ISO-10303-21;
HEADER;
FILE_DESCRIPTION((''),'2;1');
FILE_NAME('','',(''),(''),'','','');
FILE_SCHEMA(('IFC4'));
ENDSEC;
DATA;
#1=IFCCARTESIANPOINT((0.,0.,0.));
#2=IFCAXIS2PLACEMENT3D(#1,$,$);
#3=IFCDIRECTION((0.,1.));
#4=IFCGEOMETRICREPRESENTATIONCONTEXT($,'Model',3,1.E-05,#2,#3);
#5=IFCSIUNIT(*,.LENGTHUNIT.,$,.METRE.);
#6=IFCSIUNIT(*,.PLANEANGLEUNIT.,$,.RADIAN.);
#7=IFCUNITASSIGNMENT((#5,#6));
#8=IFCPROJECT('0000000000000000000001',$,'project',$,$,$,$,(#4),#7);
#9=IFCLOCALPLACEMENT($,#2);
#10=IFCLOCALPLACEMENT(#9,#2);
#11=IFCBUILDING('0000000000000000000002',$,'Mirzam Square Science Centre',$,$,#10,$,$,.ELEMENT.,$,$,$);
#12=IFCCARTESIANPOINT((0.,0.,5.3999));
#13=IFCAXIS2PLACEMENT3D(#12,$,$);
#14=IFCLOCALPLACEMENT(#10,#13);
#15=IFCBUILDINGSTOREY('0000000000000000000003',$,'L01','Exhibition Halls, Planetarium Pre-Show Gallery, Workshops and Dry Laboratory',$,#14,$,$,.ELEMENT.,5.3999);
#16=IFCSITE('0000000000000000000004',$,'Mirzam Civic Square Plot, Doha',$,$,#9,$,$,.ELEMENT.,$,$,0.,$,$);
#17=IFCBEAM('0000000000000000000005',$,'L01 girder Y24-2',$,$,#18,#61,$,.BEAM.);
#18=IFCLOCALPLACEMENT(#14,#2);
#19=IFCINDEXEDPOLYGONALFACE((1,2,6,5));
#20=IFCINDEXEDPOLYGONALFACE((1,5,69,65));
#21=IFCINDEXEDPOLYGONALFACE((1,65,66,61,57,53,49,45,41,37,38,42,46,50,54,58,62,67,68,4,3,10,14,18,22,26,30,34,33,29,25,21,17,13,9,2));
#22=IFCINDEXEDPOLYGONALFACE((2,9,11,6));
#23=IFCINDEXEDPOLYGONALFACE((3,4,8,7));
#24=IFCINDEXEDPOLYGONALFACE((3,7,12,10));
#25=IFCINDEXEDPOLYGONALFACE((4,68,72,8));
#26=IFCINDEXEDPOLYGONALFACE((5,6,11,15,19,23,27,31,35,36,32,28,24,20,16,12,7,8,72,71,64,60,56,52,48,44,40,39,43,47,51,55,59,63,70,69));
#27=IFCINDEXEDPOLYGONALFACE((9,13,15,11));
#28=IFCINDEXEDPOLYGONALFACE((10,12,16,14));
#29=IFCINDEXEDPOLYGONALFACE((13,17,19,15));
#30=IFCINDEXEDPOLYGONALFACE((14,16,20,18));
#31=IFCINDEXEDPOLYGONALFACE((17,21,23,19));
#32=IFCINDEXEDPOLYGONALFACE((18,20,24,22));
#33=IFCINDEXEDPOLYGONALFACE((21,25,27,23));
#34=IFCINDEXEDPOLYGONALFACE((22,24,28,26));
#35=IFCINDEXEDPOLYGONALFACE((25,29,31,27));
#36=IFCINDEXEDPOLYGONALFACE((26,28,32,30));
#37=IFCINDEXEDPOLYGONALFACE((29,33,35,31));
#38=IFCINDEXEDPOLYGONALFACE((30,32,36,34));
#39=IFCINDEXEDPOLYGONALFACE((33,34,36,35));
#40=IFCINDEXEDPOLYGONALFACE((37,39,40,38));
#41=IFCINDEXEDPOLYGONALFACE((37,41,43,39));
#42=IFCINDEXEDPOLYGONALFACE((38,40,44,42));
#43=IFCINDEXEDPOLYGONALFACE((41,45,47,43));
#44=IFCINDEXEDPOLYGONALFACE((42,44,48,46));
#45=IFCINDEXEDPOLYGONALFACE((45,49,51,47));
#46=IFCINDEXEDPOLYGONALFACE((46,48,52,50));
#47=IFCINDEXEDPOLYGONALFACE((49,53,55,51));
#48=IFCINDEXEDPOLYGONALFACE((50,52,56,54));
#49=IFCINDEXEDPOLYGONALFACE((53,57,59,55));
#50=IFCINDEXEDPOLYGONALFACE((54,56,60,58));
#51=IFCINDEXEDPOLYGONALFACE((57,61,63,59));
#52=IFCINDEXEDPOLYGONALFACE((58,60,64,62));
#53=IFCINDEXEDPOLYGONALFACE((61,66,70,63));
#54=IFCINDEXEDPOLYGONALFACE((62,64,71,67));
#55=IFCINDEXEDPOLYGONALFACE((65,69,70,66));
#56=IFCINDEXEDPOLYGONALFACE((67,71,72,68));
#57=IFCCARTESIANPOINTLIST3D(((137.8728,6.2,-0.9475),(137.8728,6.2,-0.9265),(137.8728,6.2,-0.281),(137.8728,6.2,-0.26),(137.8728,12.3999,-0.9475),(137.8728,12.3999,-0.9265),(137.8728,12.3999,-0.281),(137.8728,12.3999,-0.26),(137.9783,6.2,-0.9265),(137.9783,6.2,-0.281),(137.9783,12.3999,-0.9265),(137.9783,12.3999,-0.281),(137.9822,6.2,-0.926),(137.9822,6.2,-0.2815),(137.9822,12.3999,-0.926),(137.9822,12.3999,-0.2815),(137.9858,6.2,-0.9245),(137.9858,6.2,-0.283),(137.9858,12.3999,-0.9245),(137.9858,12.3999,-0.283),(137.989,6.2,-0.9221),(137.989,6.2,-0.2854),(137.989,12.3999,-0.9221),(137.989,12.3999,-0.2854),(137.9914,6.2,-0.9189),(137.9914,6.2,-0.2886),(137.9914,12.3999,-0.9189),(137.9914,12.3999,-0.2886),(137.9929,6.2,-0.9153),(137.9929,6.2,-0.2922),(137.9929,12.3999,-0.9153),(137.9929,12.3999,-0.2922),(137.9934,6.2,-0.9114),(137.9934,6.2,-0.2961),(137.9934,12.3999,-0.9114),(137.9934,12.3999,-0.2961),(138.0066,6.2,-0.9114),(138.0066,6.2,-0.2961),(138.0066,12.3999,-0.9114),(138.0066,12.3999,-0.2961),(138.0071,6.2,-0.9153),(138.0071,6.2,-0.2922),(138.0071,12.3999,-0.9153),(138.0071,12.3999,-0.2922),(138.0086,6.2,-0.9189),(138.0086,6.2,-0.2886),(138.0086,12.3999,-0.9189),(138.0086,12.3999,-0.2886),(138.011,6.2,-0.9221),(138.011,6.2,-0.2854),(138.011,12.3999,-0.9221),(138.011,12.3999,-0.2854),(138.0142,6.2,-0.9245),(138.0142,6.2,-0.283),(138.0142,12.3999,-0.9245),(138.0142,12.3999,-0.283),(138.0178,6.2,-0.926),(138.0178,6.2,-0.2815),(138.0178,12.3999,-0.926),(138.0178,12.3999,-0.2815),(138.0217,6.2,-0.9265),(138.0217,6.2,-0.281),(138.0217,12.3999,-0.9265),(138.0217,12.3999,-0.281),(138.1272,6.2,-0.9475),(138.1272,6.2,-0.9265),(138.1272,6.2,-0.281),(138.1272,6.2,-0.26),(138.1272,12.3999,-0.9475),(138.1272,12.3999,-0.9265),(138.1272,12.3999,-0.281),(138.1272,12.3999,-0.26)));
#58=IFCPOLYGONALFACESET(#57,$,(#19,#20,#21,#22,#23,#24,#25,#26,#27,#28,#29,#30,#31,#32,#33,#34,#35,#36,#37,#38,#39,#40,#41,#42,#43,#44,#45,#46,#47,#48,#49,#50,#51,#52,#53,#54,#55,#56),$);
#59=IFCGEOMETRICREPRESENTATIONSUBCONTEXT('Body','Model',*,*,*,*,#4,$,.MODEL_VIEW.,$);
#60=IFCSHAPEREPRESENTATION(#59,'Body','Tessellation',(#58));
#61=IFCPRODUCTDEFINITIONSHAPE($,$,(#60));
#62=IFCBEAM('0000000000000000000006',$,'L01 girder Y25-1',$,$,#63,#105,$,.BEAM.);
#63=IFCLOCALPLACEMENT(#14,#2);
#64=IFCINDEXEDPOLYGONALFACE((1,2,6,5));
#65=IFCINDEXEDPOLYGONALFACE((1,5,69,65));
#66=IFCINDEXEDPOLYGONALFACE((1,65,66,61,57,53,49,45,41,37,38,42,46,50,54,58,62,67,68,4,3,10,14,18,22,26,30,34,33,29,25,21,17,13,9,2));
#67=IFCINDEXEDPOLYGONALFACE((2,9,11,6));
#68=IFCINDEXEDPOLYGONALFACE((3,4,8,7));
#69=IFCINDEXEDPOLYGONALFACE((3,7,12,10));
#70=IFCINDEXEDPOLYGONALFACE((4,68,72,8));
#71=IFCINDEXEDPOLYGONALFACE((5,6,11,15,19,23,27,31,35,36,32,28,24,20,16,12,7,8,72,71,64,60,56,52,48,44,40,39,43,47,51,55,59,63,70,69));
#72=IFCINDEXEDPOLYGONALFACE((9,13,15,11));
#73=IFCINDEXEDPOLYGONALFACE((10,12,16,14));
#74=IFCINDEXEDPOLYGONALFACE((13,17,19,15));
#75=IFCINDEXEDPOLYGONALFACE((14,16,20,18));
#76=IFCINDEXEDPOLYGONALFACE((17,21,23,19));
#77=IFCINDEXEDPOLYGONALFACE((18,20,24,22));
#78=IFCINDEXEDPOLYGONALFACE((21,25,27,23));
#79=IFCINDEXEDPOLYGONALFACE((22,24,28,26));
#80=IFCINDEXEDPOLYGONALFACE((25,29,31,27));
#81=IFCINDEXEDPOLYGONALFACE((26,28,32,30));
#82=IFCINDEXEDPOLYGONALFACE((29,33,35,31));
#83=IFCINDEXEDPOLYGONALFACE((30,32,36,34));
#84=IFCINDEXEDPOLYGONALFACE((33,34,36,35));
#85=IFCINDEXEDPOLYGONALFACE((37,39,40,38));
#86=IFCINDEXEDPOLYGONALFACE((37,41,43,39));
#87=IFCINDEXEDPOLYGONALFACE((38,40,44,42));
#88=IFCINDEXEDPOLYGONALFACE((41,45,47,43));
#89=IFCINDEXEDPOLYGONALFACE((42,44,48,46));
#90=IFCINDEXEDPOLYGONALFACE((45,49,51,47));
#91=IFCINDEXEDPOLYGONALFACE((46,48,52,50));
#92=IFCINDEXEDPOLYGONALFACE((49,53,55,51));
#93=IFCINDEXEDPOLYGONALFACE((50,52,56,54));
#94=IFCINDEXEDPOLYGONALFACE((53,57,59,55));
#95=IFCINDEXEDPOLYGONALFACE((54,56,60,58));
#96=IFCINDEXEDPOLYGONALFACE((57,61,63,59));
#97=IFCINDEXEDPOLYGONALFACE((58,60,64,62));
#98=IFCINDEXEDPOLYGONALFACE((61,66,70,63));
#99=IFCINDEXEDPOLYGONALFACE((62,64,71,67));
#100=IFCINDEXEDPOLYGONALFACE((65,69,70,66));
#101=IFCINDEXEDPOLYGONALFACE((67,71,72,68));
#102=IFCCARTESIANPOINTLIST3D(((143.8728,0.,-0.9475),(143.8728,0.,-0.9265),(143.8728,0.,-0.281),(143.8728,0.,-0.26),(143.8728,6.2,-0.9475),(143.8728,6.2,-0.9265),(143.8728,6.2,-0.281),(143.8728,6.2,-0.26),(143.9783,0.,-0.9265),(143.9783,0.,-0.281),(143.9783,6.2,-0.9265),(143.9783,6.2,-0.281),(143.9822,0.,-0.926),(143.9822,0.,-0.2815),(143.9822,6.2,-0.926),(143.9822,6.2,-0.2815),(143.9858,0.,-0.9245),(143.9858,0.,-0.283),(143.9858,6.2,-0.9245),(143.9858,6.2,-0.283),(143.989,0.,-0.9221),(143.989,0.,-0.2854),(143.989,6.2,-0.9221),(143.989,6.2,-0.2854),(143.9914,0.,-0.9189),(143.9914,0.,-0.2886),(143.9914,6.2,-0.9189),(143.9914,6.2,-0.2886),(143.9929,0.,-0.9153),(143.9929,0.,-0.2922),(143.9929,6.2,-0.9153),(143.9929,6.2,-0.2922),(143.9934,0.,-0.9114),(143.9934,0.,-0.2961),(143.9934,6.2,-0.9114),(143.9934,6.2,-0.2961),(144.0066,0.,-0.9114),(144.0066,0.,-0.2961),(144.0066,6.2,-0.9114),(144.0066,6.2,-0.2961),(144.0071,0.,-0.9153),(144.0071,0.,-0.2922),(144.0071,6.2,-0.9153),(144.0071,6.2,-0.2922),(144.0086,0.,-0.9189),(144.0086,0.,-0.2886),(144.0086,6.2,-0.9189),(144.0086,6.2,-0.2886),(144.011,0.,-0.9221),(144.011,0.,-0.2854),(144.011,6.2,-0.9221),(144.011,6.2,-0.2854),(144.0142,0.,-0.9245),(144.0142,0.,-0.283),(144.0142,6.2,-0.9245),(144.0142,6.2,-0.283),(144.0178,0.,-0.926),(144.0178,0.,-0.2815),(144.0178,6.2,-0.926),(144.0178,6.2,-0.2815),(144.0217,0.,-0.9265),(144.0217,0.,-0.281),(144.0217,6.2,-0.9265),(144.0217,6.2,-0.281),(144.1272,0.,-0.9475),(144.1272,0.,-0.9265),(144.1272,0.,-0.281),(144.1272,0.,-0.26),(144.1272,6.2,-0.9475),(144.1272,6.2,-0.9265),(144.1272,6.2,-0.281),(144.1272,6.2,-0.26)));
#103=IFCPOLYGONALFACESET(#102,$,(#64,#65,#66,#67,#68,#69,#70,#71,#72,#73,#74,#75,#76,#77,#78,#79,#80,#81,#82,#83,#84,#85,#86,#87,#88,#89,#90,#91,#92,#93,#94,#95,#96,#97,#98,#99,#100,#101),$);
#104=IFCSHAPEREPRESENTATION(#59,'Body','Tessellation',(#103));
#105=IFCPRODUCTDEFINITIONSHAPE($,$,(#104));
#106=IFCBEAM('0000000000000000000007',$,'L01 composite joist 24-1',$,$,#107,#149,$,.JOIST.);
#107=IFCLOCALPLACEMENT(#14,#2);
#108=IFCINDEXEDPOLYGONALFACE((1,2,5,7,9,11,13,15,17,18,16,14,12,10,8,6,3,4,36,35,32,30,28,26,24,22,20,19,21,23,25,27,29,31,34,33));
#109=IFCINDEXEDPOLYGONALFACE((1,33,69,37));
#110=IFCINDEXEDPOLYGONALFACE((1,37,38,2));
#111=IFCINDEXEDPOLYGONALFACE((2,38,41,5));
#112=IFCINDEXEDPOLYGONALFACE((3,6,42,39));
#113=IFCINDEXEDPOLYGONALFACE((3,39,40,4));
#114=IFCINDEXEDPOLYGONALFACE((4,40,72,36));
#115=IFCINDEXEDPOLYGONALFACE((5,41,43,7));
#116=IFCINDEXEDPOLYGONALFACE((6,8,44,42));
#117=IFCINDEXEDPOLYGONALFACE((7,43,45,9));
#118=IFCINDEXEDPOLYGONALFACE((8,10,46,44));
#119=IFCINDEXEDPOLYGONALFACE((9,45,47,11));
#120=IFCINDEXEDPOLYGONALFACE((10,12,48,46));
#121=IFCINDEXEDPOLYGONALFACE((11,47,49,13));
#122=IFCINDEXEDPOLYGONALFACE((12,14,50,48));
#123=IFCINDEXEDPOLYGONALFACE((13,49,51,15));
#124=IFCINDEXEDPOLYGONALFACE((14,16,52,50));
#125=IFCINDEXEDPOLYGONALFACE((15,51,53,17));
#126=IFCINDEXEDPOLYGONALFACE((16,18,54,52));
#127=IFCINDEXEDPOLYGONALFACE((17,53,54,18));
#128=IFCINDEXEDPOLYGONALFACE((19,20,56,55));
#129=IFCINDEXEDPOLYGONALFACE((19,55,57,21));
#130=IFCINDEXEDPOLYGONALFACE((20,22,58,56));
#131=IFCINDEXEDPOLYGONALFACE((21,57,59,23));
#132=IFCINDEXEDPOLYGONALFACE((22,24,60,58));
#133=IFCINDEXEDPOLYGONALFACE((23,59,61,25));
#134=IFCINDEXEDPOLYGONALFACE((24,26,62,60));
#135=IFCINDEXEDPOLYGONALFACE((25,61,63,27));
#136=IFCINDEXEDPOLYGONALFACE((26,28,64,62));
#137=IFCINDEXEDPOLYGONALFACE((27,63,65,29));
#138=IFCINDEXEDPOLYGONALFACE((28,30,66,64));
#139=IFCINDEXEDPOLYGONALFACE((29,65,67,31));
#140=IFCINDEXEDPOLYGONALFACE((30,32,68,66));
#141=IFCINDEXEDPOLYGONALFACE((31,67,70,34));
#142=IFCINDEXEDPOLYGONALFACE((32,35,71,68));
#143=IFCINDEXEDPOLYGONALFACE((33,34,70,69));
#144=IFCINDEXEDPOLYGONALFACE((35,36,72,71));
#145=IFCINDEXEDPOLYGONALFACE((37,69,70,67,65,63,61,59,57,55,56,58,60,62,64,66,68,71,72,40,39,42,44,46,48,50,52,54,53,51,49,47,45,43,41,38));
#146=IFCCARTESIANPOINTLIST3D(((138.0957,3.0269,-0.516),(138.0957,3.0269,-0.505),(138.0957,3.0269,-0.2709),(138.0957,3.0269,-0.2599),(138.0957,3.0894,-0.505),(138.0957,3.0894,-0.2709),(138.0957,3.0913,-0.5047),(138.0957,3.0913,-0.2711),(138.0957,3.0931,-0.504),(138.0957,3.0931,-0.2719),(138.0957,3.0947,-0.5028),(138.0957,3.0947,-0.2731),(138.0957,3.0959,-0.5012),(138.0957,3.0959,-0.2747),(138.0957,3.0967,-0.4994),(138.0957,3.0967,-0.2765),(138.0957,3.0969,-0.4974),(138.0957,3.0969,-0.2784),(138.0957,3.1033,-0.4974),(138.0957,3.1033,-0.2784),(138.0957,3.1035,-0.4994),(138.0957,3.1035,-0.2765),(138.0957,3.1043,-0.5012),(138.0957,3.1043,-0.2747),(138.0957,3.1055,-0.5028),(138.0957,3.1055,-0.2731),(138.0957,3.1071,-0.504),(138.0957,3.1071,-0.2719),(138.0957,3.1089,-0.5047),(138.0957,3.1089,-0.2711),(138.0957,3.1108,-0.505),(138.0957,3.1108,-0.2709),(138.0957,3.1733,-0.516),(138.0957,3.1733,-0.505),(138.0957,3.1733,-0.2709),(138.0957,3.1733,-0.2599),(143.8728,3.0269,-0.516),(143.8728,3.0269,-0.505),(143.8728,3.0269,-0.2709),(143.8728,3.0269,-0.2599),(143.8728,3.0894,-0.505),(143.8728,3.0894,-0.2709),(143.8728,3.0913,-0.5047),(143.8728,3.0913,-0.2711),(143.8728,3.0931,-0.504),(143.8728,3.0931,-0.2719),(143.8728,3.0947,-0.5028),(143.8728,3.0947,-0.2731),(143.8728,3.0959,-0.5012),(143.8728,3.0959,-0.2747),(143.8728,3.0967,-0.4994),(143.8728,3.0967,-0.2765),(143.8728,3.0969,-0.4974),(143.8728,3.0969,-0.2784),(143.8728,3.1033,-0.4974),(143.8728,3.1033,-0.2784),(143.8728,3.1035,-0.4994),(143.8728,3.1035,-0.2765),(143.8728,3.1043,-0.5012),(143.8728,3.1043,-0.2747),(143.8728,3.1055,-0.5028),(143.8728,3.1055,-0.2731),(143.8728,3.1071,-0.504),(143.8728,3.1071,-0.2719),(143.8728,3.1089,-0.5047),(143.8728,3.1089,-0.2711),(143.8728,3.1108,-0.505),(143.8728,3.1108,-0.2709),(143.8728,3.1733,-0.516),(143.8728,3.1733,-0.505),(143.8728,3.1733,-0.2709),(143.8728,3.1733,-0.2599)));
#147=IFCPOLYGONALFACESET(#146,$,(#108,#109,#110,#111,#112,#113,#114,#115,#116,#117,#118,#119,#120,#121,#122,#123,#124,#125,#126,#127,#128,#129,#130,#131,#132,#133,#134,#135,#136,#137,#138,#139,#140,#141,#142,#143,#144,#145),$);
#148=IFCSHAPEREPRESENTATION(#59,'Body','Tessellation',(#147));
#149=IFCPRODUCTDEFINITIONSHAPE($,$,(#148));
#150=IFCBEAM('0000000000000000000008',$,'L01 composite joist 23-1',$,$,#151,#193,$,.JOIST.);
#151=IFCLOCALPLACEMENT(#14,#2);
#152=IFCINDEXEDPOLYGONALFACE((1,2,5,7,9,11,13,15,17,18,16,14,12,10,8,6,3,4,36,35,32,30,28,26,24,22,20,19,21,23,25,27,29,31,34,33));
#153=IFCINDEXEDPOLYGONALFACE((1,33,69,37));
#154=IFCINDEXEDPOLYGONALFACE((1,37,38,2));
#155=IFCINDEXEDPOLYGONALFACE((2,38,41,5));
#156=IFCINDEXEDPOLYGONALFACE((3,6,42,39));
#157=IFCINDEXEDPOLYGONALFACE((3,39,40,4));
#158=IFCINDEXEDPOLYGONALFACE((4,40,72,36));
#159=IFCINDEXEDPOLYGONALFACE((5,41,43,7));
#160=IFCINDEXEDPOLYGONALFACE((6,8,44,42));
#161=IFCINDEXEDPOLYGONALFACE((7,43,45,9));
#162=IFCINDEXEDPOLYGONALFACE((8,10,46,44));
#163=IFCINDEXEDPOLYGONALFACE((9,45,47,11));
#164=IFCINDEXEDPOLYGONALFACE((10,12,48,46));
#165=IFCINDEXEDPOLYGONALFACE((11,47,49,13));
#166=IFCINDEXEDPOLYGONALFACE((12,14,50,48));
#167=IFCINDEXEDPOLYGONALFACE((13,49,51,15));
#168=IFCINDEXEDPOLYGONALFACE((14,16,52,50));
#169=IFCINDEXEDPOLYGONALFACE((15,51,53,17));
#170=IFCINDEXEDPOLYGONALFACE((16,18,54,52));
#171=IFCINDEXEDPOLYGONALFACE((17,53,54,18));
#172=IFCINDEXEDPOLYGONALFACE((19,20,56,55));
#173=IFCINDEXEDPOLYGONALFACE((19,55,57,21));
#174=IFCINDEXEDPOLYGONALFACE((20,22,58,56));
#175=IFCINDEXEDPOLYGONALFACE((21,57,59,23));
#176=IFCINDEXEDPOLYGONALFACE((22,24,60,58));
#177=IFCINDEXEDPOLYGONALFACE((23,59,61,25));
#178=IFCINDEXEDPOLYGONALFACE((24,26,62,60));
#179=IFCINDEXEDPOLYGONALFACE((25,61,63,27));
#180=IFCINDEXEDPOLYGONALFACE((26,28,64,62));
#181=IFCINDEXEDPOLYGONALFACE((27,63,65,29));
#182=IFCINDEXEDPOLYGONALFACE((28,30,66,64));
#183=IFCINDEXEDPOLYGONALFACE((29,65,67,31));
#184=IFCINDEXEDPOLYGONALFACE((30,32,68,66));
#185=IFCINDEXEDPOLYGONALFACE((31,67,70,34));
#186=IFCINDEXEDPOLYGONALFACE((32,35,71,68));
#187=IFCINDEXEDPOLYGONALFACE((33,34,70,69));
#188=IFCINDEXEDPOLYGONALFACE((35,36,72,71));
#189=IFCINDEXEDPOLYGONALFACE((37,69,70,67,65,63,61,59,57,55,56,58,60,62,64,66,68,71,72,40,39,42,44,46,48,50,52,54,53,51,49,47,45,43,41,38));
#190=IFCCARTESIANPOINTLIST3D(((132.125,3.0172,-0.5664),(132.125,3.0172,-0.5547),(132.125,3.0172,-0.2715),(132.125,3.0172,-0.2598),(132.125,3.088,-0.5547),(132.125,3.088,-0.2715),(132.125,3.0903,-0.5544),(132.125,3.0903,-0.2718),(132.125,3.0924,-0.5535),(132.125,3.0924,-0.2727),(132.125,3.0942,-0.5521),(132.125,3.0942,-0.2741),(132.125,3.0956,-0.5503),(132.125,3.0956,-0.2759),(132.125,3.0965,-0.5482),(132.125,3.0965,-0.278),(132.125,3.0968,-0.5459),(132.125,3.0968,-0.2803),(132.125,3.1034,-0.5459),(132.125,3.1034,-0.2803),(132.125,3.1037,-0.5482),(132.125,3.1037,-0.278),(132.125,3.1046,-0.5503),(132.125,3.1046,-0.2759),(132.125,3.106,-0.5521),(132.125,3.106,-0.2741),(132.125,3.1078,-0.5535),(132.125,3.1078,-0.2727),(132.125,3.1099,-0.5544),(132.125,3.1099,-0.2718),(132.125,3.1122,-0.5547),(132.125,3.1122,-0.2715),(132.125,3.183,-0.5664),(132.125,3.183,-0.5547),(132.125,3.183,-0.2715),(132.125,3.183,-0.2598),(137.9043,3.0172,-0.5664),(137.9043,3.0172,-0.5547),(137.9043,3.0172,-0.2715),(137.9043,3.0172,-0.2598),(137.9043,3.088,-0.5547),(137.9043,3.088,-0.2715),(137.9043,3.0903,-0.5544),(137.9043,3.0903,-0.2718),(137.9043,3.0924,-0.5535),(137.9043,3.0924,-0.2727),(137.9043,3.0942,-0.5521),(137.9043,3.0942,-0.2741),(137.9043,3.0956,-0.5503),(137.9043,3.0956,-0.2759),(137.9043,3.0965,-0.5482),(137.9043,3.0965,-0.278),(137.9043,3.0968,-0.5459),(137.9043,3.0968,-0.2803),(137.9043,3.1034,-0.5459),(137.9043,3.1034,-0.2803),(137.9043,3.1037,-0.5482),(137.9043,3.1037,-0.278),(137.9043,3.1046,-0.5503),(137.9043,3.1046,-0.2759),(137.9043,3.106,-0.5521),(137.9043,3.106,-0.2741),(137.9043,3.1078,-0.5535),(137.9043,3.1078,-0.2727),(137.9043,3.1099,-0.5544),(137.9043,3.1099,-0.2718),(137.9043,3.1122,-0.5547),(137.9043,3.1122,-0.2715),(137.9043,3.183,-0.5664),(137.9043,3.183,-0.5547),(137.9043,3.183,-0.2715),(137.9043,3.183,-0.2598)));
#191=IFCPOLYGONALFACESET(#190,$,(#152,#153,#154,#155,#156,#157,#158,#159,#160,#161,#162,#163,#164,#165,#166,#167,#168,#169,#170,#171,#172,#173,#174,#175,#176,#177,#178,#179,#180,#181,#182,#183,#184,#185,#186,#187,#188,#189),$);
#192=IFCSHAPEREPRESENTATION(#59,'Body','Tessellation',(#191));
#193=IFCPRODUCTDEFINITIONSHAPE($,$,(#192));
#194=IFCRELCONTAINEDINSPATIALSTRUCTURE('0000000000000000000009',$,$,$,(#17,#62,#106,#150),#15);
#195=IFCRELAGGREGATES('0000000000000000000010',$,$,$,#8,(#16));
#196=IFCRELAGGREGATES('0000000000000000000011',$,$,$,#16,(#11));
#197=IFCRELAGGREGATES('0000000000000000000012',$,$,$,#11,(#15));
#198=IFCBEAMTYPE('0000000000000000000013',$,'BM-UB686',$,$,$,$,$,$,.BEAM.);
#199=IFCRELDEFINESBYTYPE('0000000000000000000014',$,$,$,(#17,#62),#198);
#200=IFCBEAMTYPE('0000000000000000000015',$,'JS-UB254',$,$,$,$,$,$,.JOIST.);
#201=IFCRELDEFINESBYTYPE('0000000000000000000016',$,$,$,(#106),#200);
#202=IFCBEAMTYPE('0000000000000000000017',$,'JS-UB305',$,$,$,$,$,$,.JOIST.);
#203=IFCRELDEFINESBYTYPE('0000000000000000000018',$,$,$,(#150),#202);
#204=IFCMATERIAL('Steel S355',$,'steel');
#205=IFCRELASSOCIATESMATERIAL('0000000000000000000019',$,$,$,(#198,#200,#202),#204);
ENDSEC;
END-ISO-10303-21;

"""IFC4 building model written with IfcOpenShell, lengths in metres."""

from ifc_helpers import new_model, si_unit, direction, frame, origin, origin_2d, place, context, subcontext, project, spatial, i_section, extrude, material, material_profile, profile_set, type_object, element, save


model = new_model("IFC4")

# Units and contexts
model_context = context("Model", 3, precision=1e-05, world=origin(), true_north=direction((0.0, 1.0)))
body_context = subcontext(model_context, "Body", "Model", "MODEL_VIEW")
ifc_project = project(units=[si_unit("LENGTHUNIT", "METRE"), si_unit("PLANEANGLEUNIT", "RADIAN")], contexts=[model_context])

# Site, building, storey
site_placement = place(None, origin())
site = spatial("IfcSite", under=ifc_project, at=site_placement, Name="Mirzam Civic Square Plot, Doha", CompositionType="ELEMENT", RefElevation=0.0)
building_placement = place(site_placement, origin())
building = spatial("IfcBuilding", under=site, at=building_placement, Name="Mirzam Square Science Centre", CompositionType="ELEMENT")
storey_placement = place(building_placement, frame((0.0, 0.0, 5.3999)))
storey = spatial("IfcBuildingStorey", under=building, at=storey_placement, Name="L01", Description="Exhibition Halls, Planetarium Pre-Show Gallery, Workshops and Dry Laboratory", CompositionType="ELEMENT", Elevation=5.3999)

# Shared definitions
ifc_material_1 = material(Name="Steel S355", Category="steel")

# Beams
ifc_material_profile_1 = material_profile(ifc_material_1, i_section(OverallWidth=0.2544, OverallDepth=0.6875, WebThickness=0.0132, FlangeThickness=0.021, FilletRadius=0.0151, at=origin_2d()), Name="686x254x152UB")
ifc_profile_set_1 = profile_set([ifc_material_profile_1], Name="Steel S355")
beam_type_1 = type_object("IfcBeamType", Name="BM-UB686", PredefinedType="BEAM", material=ifc_profile_set_1)
for number, where, z_axis, x_axis, name in (
    (1, (138.0, 6.2, -0.6038), (0.0, 1.0, 0.0), (-1.0, 0.0, 0.0), "L01 girder Y24-2"),
    (2, (144.0, 0.0, -0.6038), (0.0, 1.0, 0.0), (-1.0, 0.0, 0.0), "L01 girder Y25-1"),
):
    element("IfcBeam", number, at=place(storey_placement, frame(where, z_axis=z_axis, x_axis=x_axis)), inside=storey, type_object=beam_type_1, Name=name, PredefinedType="BEAM", context=body_context, shape_type="SweptSolid", body=[
        extrude(i_section(OverallWidth=0.2544, OverallDepth=0.6875, WebThickness=0.0132, FlangeThickness=0.021, FilletRadius=0.0151, at=origin_2d()), origin(), (0.0, 0.0, 1.0), 6.2),
    ])
ifc_material_profile_2 = material_profile(ifc_material_1, i_section(OverallWidth=0.1465, OverallDepth=0.2561, WebThickness=0.0063, FlangeThickness=0.011, FilletRadius=0.0076, at=origin_2d()), Name="254x146x37UB")
ifc_profile_set_2 = profile_set([ifc_material_profile_2], Name="Steel S355")
beam_type_2 = type_object("IfcBeamType", Name="JS-UB254", PredefinedType="JOIST", material=ifc_profile_set_2)
beam_1_placement = place(storey_placement, frame((138.0957, 3.1001, -0.3879), z_axis=(1.0, 0.0, 0.0), x_axis=(0.0, 1.0, 0.0)))
element("IfcBeam", 3, at=beam_1_placement, inside=storey, type_object=beam_type_2, Name="L01 composite joist 24-1", PredefinedType="JOIST", context=body_context, shape_type="SweptSolid", body=[
    extrude(i_section(OverallWidth=0.1465, OverallDepth=0.2561, WebThickness=0.0063, FlangeThickness=0.011, FilletRadius=0.0076, at=origin_2d()), origin(), (0.0, 0.0, 1.0), 5.7771),
])
ifc_material_profile_3 = material_profile(ifc_material_1, i_section(OverallWidth=0.1658, OverallDepth=0.3066, WebThickness=0.0066, FlangeThickness=0.0117, FilletRadius=0.0088, at=origin_2d()), Name="305x165x46UB")
ifc_profile_set_3 = profile_set([ifc_material_profile_3], Name="Steel S355")
beam_type_3 = type_object("IfcBeamType", Name="JS-UB305", PredefinedType="JOIST", material=ifc_profile_set_3)
beam_2_placement = place(storey_placement, frame((132.125, 3.1001, -0.4131), z_axis=(1.0, 0.0, 0.0), x_axis=(0.0, 1.0, 0.0)))
element("IfcBeam", 4, at=beam_2_placement, inside=storey, type_object=beam_type_3, Name="L01 composite joist 23-1", PredefinedType="JOIST", context=body_context, shape_type="SweptSolid", body=[
    extrude(i_section(OverallWidth=0.1658, OverallDepth=0.3066, WebThickness=0.0066, FlangeThickness=0.0117, FilletRadius=0.0088, at=origin_2d()), origin(), (0.0, 0.0, 1.0), 5.7793),
])

save(model, "model.ifc")
